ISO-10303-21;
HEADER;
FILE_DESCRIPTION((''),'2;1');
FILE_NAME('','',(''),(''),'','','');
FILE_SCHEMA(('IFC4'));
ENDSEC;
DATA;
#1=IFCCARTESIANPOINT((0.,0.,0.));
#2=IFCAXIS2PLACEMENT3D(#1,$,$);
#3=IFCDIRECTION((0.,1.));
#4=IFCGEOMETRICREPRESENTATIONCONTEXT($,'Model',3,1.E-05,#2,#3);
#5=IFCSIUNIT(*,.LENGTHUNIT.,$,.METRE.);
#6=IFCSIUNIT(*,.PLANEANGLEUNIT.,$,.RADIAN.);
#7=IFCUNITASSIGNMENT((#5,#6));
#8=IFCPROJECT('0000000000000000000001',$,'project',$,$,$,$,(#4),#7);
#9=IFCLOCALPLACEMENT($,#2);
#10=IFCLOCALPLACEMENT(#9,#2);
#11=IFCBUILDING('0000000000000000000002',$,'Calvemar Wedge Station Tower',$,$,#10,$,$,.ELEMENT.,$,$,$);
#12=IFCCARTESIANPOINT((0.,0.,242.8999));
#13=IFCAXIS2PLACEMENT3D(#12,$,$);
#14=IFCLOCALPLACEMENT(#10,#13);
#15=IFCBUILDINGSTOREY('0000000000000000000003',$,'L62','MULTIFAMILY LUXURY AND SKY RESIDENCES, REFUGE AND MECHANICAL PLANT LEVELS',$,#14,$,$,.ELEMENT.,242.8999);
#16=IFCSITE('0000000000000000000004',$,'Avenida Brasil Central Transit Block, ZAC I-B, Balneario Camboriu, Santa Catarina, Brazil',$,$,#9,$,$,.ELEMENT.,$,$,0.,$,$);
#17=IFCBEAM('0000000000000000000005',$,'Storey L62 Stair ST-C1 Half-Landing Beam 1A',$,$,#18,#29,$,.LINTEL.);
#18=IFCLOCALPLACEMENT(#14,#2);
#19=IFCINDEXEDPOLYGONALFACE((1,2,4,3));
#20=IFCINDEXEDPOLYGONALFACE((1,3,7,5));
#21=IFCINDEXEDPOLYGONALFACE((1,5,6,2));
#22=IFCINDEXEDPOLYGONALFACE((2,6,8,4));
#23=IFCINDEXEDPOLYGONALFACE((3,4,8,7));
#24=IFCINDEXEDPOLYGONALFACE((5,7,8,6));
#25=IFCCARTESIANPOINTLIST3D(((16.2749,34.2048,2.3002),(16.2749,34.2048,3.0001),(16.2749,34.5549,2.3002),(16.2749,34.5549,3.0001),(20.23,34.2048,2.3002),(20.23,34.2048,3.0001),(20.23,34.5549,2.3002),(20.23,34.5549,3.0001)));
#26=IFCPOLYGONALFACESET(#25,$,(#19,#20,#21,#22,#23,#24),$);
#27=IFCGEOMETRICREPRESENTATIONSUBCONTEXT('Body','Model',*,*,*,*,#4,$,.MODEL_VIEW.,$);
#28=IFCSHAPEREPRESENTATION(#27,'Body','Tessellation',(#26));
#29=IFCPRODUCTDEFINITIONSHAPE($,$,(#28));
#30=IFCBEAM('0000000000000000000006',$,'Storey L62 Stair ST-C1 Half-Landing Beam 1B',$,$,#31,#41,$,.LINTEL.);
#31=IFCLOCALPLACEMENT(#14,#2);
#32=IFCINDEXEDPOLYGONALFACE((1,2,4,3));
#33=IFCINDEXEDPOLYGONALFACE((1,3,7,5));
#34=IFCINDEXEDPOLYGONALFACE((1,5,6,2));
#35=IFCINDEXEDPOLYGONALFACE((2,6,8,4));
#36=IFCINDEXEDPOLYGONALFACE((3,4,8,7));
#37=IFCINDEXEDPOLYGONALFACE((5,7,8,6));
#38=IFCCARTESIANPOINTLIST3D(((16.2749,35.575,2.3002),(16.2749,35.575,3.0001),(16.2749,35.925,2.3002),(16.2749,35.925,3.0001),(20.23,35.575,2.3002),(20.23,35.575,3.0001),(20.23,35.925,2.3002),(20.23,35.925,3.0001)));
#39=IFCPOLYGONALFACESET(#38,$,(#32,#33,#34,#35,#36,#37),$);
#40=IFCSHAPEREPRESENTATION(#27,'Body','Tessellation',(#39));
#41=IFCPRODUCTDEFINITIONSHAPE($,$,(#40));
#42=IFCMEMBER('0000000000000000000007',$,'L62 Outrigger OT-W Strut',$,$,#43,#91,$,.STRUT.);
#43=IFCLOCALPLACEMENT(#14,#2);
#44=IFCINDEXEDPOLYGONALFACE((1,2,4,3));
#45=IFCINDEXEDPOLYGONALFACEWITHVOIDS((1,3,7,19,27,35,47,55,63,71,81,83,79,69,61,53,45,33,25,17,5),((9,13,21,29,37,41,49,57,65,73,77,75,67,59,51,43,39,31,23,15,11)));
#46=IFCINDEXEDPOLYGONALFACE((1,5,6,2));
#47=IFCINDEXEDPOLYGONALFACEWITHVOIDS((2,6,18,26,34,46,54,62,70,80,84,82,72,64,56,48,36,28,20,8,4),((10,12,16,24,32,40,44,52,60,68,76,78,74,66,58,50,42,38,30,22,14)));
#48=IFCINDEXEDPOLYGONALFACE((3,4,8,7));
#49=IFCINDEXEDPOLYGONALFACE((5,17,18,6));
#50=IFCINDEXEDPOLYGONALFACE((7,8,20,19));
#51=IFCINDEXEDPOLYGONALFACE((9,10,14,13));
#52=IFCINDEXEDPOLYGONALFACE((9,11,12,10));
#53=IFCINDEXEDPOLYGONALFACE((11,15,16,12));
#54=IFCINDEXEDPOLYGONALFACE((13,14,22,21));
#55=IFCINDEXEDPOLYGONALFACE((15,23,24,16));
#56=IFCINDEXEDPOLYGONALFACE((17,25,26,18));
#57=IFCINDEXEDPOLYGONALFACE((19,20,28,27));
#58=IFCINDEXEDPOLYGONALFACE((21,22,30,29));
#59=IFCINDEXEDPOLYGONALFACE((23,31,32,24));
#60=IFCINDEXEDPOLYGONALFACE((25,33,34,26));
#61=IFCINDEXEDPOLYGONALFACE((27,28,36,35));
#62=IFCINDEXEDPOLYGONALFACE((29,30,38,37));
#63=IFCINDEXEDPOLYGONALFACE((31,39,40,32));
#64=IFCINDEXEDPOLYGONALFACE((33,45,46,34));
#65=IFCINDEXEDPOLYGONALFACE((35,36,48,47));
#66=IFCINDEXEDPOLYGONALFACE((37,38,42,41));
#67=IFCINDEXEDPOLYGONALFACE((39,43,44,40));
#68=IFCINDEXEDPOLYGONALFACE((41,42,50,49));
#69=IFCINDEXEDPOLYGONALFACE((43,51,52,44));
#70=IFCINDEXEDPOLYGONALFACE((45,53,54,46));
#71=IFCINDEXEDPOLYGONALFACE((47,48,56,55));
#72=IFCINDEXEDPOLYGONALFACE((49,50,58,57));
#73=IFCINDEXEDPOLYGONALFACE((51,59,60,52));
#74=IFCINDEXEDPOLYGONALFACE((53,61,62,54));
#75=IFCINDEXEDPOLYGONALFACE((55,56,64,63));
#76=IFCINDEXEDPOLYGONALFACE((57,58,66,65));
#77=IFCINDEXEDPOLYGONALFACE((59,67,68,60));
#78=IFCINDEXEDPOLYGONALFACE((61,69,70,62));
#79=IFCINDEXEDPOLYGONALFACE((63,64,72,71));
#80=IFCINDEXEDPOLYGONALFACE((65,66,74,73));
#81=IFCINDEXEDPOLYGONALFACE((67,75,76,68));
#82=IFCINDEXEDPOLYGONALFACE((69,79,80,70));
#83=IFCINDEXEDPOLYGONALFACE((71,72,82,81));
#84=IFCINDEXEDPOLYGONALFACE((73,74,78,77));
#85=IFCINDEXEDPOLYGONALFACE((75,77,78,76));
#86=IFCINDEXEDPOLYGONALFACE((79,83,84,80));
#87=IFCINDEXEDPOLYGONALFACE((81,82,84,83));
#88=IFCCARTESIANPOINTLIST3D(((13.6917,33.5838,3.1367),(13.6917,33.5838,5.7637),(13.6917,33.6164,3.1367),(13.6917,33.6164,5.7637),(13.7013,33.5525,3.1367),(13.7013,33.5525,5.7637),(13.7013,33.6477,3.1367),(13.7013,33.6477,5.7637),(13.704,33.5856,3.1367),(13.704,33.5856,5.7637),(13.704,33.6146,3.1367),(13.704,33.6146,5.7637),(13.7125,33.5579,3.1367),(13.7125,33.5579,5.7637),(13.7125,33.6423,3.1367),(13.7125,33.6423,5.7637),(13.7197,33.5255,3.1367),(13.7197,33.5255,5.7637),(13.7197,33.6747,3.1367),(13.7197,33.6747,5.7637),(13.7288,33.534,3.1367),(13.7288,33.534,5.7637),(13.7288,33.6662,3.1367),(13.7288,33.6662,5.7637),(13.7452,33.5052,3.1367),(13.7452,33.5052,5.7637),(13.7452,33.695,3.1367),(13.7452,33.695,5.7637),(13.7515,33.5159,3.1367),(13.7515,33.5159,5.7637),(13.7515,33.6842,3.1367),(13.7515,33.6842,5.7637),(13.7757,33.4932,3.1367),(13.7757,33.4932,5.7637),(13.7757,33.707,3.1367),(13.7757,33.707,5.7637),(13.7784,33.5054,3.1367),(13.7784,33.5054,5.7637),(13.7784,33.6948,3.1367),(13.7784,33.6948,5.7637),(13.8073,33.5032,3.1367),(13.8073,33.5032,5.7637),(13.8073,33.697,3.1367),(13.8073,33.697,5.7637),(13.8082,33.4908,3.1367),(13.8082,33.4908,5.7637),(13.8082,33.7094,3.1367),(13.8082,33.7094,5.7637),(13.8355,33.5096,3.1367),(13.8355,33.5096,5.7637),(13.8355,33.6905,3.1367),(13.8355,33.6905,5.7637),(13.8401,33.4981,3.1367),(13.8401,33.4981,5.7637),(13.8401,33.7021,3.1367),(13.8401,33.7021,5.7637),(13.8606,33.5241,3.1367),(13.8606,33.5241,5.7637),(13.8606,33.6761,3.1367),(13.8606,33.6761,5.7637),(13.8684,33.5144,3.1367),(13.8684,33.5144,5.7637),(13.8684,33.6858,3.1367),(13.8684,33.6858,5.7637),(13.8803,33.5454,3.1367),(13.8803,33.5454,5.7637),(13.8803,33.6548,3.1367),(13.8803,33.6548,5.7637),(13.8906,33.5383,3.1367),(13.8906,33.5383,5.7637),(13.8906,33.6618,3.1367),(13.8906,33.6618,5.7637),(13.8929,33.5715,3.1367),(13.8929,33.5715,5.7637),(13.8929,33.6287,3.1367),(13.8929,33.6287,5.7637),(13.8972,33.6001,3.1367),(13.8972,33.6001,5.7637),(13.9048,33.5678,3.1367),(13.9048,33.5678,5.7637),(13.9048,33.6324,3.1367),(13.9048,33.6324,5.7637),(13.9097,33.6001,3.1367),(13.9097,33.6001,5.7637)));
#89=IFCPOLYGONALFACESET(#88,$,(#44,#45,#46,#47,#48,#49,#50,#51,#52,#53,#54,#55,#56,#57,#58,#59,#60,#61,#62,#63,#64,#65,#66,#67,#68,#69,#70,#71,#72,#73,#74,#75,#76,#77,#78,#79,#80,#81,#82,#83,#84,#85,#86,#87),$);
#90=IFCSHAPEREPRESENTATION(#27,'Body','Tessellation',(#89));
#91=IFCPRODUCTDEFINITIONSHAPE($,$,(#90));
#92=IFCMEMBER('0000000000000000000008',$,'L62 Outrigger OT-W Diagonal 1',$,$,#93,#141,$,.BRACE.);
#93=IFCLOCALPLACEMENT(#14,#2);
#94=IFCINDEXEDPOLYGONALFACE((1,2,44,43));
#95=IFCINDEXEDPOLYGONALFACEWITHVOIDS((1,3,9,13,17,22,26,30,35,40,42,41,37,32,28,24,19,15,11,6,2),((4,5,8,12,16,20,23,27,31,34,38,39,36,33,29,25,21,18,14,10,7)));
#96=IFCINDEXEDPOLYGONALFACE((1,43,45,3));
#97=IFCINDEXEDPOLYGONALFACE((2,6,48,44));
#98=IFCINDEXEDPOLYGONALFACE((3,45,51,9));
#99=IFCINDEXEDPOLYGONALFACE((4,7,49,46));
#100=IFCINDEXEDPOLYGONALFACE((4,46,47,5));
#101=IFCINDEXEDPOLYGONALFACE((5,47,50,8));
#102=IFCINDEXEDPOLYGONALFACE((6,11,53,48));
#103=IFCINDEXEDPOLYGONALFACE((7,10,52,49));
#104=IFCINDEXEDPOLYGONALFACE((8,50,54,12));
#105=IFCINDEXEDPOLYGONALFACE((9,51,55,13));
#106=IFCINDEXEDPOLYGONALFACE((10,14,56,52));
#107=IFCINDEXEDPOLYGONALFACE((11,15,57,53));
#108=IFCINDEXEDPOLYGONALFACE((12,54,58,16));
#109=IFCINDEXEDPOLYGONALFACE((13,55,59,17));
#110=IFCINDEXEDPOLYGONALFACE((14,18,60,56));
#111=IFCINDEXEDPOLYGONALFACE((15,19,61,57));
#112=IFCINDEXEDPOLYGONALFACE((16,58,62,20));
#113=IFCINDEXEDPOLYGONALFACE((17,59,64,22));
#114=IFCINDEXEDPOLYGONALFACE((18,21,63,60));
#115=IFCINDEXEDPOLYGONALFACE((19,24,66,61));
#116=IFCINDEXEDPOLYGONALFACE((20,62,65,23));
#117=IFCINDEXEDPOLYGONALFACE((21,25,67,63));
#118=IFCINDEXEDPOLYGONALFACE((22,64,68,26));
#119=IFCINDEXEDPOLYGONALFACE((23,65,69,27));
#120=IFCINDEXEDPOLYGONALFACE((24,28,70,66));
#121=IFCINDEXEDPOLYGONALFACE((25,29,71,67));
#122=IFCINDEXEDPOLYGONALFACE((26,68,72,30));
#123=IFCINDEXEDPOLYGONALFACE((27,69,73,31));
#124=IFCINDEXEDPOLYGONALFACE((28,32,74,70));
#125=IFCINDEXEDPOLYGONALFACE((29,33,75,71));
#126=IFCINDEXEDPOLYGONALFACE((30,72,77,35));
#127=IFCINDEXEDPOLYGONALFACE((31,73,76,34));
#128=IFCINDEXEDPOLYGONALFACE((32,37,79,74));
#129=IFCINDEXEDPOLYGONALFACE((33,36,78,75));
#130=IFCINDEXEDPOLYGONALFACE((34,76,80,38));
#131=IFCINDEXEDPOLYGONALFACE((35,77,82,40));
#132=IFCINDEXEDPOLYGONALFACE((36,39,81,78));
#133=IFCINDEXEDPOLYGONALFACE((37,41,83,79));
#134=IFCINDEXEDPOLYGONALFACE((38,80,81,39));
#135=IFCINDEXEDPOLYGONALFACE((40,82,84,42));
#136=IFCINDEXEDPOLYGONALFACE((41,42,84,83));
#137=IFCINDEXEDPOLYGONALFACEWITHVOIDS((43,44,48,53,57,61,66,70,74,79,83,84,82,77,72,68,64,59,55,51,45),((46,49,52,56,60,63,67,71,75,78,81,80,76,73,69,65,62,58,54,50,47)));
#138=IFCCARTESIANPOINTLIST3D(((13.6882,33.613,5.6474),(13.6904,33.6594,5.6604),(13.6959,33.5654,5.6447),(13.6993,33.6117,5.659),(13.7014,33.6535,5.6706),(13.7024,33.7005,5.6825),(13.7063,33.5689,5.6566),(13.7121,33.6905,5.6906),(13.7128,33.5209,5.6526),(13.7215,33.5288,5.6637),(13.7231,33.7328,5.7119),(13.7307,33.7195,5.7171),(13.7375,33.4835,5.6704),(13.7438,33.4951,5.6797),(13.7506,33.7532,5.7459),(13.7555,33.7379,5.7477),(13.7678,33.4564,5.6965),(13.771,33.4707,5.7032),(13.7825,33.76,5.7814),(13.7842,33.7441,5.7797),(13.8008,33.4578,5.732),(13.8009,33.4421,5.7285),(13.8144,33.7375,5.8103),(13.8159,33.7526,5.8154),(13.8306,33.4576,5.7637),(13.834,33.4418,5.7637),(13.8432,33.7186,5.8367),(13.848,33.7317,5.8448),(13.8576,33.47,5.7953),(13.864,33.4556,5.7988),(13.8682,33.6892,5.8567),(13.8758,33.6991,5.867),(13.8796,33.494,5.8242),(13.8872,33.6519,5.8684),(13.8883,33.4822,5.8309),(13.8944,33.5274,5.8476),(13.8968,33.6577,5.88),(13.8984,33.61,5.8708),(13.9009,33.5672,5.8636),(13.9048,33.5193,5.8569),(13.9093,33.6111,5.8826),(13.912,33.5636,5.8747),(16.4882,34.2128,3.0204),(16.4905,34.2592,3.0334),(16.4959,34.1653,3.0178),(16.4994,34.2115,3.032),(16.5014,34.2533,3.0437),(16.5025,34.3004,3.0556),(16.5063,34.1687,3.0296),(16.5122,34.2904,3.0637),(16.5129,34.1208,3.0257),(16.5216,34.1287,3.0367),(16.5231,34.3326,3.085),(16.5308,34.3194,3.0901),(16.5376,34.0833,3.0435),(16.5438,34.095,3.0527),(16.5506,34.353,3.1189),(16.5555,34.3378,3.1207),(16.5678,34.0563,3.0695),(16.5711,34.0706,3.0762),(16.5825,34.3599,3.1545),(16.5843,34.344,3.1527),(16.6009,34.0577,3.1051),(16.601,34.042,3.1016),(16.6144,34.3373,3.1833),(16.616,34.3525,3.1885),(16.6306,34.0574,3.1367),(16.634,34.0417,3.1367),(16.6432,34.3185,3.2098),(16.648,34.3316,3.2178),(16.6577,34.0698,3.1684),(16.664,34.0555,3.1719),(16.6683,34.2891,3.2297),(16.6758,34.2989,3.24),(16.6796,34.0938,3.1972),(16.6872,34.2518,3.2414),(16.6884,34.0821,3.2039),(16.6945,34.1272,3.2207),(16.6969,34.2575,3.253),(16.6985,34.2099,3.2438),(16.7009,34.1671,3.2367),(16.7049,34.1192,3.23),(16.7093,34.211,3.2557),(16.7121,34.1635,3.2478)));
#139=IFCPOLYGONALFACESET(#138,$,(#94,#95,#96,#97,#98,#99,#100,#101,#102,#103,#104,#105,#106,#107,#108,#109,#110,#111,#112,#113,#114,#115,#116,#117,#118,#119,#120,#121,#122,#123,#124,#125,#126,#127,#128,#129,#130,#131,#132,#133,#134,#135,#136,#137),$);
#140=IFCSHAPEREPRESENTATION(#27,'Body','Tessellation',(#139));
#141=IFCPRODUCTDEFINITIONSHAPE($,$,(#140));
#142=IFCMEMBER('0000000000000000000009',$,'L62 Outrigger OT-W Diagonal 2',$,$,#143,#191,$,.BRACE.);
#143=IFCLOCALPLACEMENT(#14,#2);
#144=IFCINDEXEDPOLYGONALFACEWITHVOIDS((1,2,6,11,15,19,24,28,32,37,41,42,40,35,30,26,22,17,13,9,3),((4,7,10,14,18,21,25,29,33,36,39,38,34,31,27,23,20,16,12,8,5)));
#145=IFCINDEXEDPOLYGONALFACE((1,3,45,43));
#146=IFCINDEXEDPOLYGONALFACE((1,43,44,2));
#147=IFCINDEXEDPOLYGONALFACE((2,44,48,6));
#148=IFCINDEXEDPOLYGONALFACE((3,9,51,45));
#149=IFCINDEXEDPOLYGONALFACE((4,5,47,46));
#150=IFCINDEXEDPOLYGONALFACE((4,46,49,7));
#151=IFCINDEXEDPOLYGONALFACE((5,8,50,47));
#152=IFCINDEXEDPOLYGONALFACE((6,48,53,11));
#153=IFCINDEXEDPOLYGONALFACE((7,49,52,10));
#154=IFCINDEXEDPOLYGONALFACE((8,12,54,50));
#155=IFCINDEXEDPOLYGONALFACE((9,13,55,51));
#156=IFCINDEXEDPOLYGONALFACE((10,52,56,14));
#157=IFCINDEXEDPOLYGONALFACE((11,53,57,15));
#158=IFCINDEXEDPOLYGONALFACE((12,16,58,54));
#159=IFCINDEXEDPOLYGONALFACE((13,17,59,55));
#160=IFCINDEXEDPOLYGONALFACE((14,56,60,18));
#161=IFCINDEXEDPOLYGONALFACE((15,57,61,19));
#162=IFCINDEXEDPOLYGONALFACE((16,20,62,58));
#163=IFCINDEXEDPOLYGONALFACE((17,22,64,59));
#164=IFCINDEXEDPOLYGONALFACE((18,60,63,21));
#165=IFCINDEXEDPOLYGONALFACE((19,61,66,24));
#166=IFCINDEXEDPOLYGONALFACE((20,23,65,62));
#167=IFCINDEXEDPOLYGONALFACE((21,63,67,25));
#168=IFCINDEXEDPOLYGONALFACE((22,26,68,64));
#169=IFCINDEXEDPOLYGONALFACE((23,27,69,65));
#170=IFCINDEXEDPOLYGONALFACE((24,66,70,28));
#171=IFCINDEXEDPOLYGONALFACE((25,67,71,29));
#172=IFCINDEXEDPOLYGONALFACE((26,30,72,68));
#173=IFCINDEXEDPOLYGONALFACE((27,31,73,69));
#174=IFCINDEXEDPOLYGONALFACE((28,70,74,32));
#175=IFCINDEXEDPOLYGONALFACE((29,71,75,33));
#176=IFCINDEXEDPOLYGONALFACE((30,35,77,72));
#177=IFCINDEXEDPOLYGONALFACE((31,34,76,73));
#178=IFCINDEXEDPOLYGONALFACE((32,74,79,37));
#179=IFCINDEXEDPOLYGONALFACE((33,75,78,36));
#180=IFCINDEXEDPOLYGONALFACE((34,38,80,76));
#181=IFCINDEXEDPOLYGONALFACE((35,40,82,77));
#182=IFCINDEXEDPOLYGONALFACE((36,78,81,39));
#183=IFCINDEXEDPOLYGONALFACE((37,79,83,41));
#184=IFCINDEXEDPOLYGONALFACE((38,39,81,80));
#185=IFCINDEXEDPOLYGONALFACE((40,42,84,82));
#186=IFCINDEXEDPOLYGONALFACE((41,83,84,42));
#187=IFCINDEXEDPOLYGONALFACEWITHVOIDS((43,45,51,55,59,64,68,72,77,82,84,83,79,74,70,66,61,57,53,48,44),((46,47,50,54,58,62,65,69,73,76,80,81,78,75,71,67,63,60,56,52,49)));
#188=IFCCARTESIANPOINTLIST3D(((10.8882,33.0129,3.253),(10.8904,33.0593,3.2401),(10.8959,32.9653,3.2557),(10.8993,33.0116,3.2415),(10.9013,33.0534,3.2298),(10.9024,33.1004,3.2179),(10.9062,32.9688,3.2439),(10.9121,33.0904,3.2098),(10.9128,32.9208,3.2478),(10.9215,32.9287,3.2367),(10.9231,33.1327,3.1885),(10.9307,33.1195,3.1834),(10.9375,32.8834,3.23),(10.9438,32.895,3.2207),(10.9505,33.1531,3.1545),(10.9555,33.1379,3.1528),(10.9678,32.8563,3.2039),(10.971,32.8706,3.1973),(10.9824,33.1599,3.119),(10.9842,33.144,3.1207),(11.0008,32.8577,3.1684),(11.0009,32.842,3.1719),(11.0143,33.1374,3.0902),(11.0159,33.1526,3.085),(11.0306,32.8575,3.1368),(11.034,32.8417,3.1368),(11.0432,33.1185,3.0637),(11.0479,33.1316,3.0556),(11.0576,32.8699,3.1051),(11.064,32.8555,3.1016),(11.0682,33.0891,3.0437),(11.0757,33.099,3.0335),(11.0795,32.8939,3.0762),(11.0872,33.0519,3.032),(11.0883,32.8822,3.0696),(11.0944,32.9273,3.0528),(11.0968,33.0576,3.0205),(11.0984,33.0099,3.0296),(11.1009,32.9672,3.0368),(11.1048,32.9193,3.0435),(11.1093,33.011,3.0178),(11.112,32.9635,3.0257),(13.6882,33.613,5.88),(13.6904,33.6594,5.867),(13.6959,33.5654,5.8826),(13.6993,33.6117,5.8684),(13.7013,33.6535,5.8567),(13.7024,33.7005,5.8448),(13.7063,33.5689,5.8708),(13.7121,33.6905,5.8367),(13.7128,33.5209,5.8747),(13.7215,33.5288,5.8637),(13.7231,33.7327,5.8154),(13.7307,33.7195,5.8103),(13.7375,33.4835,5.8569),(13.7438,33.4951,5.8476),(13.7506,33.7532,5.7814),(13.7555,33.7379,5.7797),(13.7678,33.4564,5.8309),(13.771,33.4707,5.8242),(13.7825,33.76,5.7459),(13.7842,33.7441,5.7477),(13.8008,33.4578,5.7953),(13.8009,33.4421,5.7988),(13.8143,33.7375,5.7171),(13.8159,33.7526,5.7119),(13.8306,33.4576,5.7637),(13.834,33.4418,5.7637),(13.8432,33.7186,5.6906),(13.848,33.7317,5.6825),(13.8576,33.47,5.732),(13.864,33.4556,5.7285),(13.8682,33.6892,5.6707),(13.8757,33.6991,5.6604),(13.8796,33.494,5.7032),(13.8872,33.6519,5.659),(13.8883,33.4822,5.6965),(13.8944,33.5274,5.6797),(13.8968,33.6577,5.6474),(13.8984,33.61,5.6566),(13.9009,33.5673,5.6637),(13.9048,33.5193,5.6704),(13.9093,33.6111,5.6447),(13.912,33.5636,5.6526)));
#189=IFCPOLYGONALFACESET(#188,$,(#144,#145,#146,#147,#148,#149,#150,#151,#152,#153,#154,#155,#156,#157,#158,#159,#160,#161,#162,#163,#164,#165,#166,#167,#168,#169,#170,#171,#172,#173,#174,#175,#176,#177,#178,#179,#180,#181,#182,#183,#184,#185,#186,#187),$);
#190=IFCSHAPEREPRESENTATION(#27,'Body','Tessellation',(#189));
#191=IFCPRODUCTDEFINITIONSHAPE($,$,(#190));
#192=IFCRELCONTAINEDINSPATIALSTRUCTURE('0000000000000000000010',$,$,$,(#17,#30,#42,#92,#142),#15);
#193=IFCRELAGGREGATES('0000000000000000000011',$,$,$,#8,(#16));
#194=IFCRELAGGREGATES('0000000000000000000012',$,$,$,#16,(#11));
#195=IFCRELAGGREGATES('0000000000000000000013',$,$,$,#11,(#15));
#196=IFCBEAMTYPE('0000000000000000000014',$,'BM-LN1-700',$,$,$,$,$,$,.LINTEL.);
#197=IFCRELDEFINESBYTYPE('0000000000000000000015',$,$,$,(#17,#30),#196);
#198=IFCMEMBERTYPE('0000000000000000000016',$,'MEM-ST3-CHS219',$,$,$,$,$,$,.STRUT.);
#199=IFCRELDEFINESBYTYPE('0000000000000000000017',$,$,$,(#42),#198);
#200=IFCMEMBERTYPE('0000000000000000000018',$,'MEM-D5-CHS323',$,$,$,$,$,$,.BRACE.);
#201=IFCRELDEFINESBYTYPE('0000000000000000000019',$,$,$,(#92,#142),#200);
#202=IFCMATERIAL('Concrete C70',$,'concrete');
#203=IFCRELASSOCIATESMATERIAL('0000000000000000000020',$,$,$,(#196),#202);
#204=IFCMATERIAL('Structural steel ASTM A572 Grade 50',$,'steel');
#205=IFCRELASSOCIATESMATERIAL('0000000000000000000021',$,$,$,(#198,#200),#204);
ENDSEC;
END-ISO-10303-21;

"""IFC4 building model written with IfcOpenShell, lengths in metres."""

from ifc_helpers import new_model, si_unit, direction, frame, origin, origin_2d, place, context, subcontext, project, spatial, rectangle, hollow_circle, extrude, source, transform, mapped, material, material_profile, profile_set, type_object, element, save


model = new_model("IFC4")

# Units and contexts
model_context = context("Model", 3, precision=1e-05, world=origin(), true_north=direction((0.0, 1.0)))
body_context = subcontext(model_context, "Body", "Model", "MODEL_VIEW")
ifc_project = project(units=[si_unit("LENGTHUNIT", "METRE"), si_unit("PLANEANGLEUNIT", "RADIAN")], contexts=[model_context])

# Site, building, storey
site_placement = place(None, origin())
site = spatial("IfcSite", under=ifc_project, at=site_placement, Name="Avenida Brasil Central Transit Block, ZAC I-B, Balneario Camboriu, Santa Catarina, Brazil", CompositionType="ELEMENT", RefElevation=0.0)
building_placement = place(site_placement, origin())
building = spatial("IfcBuilding", under=site, at=building_placement, Name="Calvemar Wedge Station Tower", CompositionType="ELEMENT")
storey_placement = place(building_placement, frame((0.0, 0.0, 242.8999)))
storey = spatial("IfcBuildingStorey", under=building, at=storey_placement, Name="L62", Description="MULTIFAMILY LUXURY AND SKY RESIDENCES, REFUGE AND MECHANICAL PLANT LEVELS", CompositionType="ELEMENT", Elevation=242.8999)

# Beams
ifc_material_1 = material(Name="Structural steel ASTM A572 Grade 50", Category="steel")
ifc_material_2 = material(Name="Concrete C70", Category="concrete")
ifc_material_profile_1 = material_profile(ifc_material_2, rectangle(XDim=0.3501, YDim=0.7, at=origin_2d()), Name="RC350x700")
ifc_profile_set_1 = profile_set([ifc_material_profile_1], Name="Concrete C70")
beam_type_1 = type_object("IfcBeamType", Name="BM-LN1-700", PredefinedType="LINTEL", material=ifc_profile_set_1)
shared_shape_1 = source(origin(), body_context, "Body", "SweptSolid", [
    extrude(rectangle(XDim=0.3501, YDim=0.7, at=origin_2d()), origin(), (0.0, 0.0, 1.0), 3.9551),
])
for number, where, z_axis, x_axis, name in (
    (1, (16.2749, 34.3799, 2.6501), (1.0, 0.0, 0.0), (0.0, 1.0, 0.0), "Storey L62 Stair ST-C1 Half-Landing Beam 1A"),
    (2, (16.2749, 35.75, 2.6501), (1.0, 0.0, 0.0), (0.0, 1.0, 0.0), "Storey L62 Stair ST-C1 Half-Landing Beam 1B"),
):
    element("IfcBeam", number, at=place(storey_placement, frame(where, z_axis=z_axis, x_axis=x_axis)), inside=storey, type_object=beam_type_1, Name=name, PredefinedType="LINTEL", context=body_context, shape_type="MappedRepresentation", body=[
        mapped(shared_shape_1, transform((0.0, 0.0, 0.0), scale=1.0)),
    ])

# Members
ifc_material_profile_2 = material_profile(ifc_material_1, hollow_circle(Radius=0.1096, WallThickness=0.0125, at=origin_2d()), Name="CHS219.1x12.5")
ifc_profile_set_2 = profile_set([ifc_material_profile_2], Name="Structural steel ASTM A572 Grade 50")
member_type_1 = type_object("IfcMemberType", Name="MEM-ST3-CHS219", PredefinedType="STRUT", material=ifc_profile_set_2)
shared_shape_2 = source(origin(), body_context, "Body", "SweptSolid", [
    extrude(hollow_circle(Radius=0.1096, WallThickness=0.0125, at=origin_2d()), origin(), (0.0, 0.0, 1.0), 2.627),
])
member_placement = place(storey_placement, frame((13.8, 33.6001, 3.1367), z_axis=(0.0, 0.0, 1.0), x_axis=(1.0, 0.0, 0.0)))
element("IfcMember", 3, at=member_placement, inside=storey, type_object=member_type_1, Name="L62 Outrigger OT-W Strut", PredefinedType="STRUT", context=body_context, shape_type="MappedRepresentation", body=[
    mapped(shared_shape_2, transform((0.0, 0.0, 0.0), scale=1.0)),
])
ifc_material_profile_3 = material_profile(ifc_material_1, hollow_circle(Radius=0.1619, WallThickness=0.0161, at=origin_2d()), Name="CHS323.9x16")
ifc_profile_set_3 = profile_set([ifc_material_profile_3], Name="Structural steel ASTM A572 Grade 50")
member_type_2 = type_object("IfcMemberType", Name="MEM-D5-CHS323", PredefinedType="BRACE", material=ifc_profile_set_3)
shared_shape_3 = source(origin(), body_context, "Body", "SweptSolid", [
    extrude(hollow_circle(Radius=0.1619, WallThickness=0.0161, at=origin_2d()), origin(), (0.0, 0.0, 1.0), 3.886),
])
for number, where, z_axis, x_axis, name in (
    (4, (16.6001, 34.2, 3.1367), (-0.720548, -0.154363, 0.676005), (0.209477, -0.977814, 0.0), "L62 Outrigger OT-W Diagonal 1"),
    (5, (13.8, 33.6001, 5.7637), (-0.720541, -0.154424, -0.675998), (0.209558, -0.977796, 0.0), "L62 Outrigger OT-W Diagonal 2"),
):
    element("IfcMember", number, at=place(storey_placement, frame(where, z_axis=z_axis, x_axis=x_axis)), inside=storey, type_object=member_type_2, Name=name, PredefinedType="BRACE", context=body_context, shape_type="MappedRepresentation", body=[
        mapped(shared_shape_3, transform((0.0, 0.0, 0.0), scale=1.0)),
    ])

save(model, "model.ifc")
